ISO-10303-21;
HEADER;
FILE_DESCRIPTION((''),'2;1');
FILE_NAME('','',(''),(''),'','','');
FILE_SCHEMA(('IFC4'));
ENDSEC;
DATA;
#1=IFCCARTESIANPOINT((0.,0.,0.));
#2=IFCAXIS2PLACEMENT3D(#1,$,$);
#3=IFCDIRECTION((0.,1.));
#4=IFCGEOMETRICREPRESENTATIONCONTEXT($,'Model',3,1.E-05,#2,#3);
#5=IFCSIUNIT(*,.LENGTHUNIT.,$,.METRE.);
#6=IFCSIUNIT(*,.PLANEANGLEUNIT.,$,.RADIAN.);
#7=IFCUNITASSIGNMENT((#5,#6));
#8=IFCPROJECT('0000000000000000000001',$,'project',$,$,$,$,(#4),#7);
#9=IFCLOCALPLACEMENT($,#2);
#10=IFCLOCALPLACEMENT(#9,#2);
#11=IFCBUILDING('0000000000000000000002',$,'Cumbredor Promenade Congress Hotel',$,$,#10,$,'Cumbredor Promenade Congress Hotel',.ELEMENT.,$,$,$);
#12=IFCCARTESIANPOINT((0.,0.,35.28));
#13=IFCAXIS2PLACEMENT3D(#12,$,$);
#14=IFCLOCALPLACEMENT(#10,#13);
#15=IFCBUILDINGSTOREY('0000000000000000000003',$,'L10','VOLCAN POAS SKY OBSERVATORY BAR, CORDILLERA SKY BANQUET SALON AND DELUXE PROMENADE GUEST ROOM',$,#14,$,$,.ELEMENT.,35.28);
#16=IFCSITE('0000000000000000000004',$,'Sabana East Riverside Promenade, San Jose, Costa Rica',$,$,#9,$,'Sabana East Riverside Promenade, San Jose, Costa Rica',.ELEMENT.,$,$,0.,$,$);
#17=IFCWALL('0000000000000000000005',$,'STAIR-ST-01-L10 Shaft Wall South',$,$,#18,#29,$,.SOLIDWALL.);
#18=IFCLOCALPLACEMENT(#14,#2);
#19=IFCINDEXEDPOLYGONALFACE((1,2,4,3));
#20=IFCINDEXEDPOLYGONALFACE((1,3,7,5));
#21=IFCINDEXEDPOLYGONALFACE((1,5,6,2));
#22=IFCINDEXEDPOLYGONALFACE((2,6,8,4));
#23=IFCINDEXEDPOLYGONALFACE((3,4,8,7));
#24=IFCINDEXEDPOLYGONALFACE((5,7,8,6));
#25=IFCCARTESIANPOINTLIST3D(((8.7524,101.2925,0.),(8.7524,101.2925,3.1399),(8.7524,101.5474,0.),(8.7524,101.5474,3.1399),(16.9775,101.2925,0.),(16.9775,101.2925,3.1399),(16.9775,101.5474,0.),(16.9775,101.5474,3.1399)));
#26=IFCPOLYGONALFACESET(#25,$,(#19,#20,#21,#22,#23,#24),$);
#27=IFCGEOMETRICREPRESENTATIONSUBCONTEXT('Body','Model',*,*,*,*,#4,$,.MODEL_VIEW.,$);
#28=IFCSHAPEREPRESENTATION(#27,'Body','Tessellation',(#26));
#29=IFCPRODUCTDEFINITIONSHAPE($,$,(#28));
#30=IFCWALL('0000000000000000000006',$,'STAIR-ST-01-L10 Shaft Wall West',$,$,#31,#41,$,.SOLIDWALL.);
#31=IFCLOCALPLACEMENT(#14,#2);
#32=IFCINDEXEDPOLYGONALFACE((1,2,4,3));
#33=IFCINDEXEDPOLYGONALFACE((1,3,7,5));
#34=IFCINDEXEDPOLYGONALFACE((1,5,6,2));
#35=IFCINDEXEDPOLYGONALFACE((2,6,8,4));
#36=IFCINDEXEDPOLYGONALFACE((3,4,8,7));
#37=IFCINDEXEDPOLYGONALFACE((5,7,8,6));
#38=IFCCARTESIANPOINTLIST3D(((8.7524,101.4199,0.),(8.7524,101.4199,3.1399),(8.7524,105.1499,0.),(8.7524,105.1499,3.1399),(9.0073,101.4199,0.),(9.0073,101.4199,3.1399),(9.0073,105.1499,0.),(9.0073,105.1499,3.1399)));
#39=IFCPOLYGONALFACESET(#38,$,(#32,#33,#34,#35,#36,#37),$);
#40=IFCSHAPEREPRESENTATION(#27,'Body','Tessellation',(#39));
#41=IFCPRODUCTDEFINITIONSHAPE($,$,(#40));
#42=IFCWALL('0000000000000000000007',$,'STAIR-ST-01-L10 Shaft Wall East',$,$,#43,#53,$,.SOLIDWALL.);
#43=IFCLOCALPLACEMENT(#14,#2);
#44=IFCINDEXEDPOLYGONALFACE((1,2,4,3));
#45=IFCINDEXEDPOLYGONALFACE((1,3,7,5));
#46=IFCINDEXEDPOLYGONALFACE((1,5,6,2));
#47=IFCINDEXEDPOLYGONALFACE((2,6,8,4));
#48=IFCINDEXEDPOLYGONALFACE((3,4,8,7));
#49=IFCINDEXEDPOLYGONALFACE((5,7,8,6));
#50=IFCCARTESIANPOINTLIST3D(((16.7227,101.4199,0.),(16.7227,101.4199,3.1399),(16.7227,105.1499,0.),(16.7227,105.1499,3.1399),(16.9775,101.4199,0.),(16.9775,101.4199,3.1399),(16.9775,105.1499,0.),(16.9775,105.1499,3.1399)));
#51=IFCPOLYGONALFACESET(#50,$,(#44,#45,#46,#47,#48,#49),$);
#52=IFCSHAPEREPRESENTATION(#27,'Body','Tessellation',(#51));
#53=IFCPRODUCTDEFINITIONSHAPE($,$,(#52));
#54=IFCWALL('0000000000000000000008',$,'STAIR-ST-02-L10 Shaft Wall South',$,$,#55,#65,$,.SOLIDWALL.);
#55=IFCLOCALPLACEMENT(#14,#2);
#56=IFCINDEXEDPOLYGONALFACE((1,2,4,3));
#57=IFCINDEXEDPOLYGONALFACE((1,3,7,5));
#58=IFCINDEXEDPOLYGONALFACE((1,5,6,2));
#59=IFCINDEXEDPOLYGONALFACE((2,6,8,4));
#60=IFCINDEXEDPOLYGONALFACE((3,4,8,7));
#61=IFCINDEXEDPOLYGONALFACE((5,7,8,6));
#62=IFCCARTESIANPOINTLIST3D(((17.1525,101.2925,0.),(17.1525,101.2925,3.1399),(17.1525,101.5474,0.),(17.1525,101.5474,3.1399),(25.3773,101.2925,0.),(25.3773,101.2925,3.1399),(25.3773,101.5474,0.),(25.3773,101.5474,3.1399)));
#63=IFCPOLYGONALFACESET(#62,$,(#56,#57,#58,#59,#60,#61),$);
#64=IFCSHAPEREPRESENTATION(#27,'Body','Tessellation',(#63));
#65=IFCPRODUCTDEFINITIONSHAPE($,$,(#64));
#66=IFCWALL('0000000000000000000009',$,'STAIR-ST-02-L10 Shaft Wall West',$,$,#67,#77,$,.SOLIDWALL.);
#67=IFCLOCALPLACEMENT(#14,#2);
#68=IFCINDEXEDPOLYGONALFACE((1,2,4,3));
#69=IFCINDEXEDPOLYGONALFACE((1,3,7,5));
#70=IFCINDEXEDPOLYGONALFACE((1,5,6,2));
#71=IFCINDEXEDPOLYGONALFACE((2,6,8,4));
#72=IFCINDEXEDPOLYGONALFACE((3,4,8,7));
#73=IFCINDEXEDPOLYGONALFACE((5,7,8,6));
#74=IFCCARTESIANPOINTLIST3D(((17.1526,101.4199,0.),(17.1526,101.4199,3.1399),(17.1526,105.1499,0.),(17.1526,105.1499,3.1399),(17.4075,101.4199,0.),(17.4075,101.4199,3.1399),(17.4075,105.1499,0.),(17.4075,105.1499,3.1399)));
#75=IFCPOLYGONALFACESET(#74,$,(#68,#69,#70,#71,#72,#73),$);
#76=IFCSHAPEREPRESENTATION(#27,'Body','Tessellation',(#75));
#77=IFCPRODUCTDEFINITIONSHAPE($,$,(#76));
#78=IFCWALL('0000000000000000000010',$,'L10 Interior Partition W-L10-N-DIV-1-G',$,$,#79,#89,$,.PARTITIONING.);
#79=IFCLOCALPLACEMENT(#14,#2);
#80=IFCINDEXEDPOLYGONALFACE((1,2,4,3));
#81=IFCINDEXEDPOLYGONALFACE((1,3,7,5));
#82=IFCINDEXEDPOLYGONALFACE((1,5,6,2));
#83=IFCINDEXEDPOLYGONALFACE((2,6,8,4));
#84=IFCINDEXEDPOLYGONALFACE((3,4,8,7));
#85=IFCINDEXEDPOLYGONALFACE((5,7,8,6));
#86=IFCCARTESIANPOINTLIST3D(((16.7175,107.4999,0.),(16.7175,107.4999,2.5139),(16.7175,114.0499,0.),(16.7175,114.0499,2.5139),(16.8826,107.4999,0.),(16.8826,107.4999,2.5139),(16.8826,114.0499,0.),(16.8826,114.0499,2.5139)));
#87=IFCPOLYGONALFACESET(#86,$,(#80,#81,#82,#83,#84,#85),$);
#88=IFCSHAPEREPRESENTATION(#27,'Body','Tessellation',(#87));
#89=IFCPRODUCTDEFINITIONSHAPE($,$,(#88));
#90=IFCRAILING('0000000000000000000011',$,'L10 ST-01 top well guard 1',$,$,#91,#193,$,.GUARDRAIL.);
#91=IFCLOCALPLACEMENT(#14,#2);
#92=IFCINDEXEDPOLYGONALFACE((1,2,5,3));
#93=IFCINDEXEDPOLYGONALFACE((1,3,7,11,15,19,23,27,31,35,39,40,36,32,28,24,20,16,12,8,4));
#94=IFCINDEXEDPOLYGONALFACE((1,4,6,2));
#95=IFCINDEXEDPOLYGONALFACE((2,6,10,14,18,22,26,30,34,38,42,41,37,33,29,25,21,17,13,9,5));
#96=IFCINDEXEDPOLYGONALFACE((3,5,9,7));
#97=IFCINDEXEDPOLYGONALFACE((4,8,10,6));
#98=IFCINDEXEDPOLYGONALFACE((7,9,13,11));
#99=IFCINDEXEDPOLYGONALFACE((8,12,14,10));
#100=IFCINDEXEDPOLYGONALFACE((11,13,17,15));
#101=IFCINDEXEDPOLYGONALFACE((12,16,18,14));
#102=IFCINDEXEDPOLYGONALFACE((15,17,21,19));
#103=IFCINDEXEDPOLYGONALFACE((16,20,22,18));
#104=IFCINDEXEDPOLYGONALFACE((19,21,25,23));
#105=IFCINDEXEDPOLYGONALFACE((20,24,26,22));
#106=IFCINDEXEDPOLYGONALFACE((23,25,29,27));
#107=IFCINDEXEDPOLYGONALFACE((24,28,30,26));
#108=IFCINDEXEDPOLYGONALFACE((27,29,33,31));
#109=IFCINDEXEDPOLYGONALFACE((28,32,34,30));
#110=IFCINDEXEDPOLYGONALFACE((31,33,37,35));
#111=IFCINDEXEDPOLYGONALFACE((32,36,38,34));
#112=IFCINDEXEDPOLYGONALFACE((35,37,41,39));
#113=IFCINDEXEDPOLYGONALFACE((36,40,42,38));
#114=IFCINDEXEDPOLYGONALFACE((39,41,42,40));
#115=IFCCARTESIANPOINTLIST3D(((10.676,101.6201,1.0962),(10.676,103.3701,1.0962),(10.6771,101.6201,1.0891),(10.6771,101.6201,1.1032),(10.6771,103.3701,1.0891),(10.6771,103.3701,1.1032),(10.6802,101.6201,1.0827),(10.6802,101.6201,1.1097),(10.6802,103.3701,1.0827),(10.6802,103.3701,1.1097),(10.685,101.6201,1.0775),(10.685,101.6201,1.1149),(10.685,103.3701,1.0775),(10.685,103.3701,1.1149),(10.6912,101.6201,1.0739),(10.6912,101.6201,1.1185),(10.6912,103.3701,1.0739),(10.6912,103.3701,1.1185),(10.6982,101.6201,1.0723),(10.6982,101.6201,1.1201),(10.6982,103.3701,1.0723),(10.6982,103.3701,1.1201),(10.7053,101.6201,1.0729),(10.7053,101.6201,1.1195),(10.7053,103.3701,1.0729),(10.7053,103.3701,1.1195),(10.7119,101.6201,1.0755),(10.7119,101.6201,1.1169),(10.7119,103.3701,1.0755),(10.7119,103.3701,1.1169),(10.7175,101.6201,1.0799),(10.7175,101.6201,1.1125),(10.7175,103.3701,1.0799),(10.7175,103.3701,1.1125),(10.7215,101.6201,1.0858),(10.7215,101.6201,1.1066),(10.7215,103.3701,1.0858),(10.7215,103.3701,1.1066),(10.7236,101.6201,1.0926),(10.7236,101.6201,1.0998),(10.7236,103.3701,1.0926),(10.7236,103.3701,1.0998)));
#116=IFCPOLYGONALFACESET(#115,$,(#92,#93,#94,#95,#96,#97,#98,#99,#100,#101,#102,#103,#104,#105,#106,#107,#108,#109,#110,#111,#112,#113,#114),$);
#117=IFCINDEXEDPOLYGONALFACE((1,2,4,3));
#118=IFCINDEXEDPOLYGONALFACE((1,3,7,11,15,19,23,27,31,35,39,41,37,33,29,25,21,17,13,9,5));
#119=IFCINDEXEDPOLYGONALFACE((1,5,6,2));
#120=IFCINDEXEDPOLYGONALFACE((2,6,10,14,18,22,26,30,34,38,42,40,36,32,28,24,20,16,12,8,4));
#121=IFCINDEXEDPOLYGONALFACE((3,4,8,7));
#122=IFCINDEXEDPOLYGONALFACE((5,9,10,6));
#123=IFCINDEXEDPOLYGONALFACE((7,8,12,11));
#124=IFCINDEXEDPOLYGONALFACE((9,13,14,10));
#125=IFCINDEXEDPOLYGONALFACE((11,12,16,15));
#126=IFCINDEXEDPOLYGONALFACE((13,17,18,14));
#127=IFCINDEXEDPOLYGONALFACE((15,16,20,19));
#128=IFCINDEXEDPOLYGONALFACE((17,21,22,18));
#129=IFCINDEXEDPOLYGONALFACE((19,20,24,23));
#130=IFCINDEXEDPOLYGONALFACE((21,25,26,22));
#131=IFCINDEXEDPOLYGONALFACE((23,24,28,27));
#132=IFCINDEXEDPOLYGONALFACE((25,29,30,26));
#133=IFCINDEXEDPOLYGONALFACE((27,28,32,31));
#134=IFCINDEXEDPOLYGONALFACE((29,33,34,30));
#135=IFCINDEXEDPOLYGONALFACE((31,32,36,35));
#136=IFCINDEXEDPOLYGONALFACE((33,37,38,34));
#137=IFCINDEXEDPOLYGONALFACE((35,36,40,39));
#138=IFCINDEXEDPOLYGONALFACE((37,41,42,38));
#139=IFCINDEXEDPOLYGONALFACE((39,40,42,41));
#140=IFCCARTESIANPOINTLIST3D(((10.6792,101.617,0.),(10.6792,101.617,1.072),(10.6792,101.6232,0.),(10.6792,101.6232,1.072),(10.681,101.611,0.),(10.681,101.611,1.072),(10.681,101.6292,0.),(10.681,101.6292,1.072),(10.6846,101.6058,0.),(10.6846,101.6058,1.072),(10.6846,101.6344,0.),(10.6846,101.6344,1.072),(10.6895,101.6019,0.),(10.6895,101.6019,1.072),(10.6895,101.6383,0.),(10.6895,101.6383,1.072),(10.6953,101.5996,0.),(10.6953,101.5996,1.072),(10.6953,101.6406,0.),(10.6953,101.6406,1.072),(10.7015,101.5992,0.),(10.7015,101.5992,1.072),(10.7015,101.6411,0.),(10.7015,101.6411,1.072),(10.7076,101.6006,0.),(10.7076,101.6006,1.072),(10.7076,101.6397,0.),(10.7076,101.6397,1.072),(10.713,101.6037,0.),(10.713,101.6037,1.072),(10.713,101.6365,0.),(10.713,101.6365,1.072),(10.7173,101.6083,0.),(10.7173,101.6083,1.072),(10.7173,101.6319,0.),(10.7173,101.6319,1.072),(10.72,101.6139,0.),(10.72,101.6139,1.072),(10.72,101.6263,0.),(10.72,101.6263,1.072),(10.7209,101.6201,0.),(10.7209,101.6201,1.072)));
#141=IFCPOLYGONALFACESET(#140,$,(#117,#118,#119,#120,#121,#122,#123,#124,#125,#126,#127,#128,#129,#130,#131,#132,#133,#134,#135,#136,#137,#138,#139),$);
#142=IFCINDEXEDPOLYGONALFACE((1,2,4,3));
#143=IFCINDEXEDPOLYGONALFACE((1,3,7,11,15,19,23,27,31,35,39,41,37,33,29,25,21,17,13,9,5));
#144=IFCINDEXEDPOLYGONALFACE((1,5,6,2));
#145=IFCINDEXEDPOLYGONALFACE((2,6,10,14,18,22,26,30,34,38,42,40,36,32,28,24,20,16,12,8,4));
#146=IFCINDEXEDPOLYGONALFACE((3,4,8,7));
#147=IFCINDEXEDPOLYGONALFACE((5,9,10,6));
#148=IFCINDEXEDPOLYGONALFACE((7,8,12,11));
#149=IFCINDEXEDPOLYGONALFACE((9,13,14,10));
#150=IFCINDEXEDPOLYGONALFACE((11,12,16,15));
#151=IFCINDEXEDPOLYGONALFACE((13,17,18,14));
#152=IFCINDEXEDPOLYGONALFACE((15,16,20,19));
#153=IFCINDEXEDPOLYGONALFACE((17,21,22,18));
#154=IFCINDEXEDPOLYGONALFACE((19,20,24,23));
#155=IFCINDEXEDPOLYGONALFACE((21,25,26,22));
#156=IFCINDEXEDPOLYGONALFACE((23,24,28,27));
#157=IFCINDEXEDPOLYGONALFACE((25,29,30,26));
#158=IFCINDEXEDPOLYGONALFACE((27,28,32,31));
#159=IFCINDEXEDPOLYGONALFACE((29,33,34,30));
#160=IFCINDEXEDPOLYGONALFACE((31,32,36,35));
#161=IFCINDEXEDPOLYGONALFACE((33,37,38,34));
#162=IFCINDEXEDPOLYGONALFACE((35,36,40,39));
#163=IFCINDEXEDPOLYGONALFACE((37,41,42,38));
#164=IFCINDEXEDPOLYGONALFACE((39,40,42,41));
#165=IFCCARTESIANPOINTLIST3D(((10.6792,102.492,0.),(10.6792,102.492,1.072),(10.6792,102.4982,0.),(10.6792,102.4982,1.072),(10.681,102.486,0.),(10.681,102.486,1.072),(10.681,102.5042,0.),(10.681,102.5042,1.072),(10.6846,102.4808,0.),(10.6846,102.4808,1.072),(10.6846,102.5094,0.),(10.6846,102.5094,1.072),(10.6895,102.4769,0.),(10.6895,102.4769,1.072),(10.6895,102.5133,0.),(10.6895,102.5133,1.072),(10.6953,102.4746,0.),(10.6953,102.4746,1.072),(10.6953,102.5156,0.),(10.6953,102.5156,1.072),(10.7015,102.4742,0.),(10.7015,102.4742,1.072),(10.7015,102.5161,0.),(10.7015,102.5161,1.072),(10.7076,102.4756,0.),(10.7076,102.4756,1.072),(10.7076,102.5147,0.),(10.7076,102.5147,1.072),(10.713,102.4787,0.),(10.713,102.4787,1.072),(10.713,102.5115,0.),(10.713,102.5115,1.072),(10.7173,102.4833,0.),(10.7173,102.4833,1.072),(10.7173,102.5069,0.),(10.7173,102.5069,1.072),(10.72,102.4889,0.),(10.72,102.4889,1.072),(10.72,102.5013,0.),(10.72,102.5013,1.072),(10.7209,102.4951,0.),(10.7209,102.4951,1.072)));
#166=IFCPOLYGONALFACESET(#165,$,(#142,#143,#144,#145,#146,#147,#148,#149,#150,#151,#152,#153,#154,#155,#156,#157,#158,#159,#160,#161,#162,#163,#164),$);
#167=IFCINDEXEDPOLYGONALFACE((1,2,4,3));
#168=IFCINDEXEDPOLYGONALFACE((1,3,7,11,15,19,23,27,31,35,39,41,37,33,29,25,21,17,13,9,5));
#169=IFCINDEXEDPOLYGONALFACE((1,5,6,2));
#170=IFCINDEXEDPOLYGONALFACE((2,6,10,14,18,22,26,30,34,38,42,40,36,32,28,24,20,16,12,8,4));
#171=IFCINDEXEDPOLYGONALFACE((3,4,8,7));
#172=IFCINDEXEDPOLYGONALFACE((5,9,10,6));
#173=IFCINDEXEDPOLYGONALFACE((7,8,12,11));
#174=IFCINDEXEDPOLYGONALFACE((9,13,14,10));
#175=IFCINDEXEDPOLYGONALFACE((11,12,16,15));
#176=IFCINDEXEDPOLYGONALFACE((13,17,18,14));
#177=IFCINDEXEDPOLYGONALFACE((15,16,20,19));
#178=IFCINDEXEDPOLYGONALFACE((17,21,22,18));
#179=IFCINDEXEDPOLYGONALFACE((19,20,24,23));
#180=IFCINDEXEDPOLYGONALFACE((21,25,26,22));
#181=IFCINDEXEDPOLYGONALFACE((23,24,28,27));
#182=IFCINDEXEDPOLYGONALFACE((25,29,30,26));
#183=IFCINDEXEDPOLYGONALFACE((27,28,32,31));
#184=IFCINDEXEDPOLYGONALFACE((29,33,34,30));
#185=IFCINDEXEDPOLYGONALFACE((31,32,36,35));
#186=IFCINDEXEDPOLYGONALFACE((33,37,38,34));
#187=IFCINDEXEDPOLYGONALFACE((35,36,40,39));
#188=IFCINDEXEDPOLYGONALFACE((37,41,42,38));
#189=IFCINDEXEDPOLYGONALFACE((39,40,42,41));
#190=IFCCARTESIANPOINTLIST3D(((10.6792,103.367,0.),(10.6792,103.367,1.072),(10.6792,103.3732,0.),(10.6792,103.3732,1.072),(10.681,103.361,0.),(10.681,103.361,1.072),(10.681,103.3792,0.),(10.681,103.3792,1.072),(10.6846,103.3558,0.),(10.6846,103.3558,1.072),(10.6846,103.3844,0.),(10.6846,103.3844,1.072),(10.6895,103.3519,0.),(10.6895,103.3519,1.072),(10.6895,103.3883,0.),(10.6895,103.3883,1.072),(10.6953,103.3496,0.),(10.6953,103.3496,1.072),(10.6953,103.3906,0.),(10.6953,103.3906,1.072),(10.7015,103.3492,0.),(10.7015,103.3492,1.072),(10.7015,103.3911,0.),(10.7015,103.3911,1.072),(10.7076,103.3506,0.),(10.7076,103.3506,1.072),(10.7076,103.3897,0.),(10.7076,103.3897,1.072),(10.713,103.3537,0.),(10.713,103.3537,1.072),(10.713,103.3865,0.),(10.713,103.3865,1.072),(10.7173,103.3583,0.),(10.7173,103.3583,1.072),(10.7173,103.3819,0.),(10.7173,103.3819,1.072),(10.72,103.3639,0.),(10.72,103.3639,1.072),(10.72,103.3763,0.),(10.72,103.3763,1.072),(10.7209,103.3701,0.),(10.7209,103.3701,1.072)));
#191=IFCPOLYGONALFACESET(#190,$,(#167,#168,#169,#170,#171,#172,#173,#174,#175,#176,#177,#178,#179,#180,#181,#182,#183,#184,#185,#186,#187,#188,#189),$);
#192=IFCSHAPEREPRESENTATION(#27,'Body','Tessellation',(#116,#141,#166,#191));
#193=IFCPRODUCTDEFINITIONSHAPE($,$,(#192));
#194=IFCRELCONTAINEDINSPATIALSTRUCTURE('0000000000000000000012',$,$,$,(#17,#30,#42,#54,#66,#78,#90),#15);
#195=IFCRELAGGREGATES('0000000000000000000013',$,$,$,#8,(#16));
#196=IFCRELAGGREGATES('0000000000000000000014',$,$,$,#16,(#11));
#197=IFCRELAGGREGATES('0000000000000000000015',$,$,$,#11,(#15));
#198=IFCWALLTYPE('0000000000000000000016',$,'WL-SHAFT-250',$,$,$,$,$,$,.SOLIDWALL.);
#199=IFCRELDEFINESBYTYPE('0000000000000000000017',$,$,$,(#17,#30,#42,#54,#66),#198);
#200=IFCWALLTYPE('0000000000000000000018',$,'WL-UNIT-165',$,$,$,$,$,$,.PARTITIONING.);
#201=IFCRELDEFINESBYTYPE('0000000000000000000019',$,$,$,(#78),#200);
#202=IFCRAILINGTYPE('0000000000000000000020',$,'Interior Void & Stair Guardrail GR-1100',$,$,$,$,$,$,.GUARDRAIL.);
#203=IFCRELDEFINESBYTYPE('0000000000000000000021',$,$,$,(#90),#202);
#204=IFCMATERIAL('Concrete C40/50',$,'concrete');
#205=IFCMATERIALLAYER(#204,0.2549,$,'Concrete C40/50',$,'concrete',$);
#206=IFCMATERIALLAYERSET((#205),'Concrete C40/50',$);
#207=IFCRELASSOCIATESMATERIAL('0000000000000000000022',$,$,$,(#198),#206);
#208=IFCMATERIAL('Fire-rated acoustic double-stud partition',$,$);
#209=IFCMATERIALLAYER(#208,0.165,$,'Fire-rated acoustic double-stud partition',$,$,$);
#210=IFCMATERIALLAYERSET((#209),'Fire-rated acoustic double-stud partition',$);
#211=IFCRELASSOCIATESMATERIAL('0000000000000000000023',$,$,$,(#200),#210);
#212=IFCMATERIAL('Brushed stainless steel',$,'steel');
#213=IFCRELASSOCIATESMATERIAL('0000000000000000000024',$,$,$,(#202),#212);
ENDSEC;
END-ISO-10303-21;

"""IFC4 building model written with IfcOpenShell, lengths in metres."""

from ifc_helpers import new_model, si_unit, direction, frame, frame_2d, origin, origin_2d, place, context, subcontext, project, spatial, rectangle, circle, extrude, material, layer, layer_set, type_object, element, save


model = new_model("IFC4")

# Units and contexts
model_context = context("Model", 3, precision=1e-05, world=origin(), true_north=direction((0.0, 1.0)))
body_context = subcontext(model_context, "Body", "Model", "MODEL_VIEW")
ifc_project = project(units=[si_unit("LENGTHUNIT", "METRE"), si_unit("PLANEANGLEUNIT", "RADIAN")], contexts=[model_context])

# Site, building, storey
site_placement = place(None, origin())
site = spatial("IfcSite", under=ifc_project, at=site_placement, Name="Sabana East Riverside Promenade, San Jose, Costa Rica", LongName="Sabana East Riverside Promenade, San Jose, Costa Rica", CompositionType="ELEMENT", RefElevation=0.0)
building_placement = place(site_placement, origin())
building = spatial("IfcBuilding", under=site, at=building_placement, Name="Cumbredor Promenade Congress Hotel", LongName="Cumbredor Promenade Congress Hotel", CompositionType="ELEMENT")
storey_placement = place(building_placement, frame((0.0, 0.0, 35.28)))
storey = spatial("IfcBuildingStorey", under=building, at=storey_placement, Name="L10", Description="VOLCAN POAS SKY OBSERVATORY BAR, CORDILLERA SKY BANQUET SALON AND DELUXE PROMENADE GUEST ROOM", CompositionType="ELEMENT", Elevation=35.28)

# Shared definitions
ifc_material_1 = material(Name="Concrete C40/50", Category="concrete")

# Wall
ifc_layer_1 = layer(ifc_material_1, 0.2549, Name="Concrete C40/50", Category="concrete")
ifc_layer_set_1 = layer_set([ifc_layer_1], Name="Concrete C40/50")
wall_type_1 = type_object("IfcWallType", Name="WL-SHAFT-250", PredefinedType="SOLIDWALL", material=ifc_layer_set_1)
wall_1_placement = place(storey_placement, frame((8.7524, 101.4199, 0.0), z_axis=(0.0, 0.0, 1.0), x_axis=(1.0, 0.0, 0.0)))
element("IfcWall", 1, at=wall_1_placement, inside=storey, type_object=wall_type_1, Name="STAIR-ST-01-L10 Shaft Wall South", PredefinedType="SOLIDWALL", context=body_context, shape_type="SweptSolid", body=[
    extrude(rectangle(XDim=8.2251, YDim=0.2549, at=frame_2d((4.1125, 0.0))), origin(), (0.0, 0.0, 1.0), 3.1399),
])

# Walls
for number, where, z_axis, x_axis, name in (
    (2, (8.8799, 101.4199, 0.0), (0.0, 0.0, 1.0), (0.0, 1.0, 0.0), "STAIR-ST-01-L10 Shaft Wall West"),
    (3, (16.8501, 101.4199, 0.0), (0.0, 0.0, 1.0), (0.0, 1.0, 0.0), "STAIR-ST-01-L10 Shaft Wall East"),
):
    element("IfcWall", number, at=place(storey_placement, frame(where, z_axis=z_axis, x_axis=x_axis)), inside=storey, type_object=wall_type_1, Name=name, PredefinedType="SOLIDWALL", context=body_context, shape_type="SweptSolid", body=[
        extrude(rectangle(XDim=3.73, YDim=0.2549, at=frame_2d((1.865, 0.0))), origin(), (0.0, 0.0, 1.0), 3.1399),
    ])
wall_2_placement = place(storey_placement, frame((17.1526, 101.4199, 0.0), z_axis=(0.0, 0.0, 1.0), x_axis=(1.0, 0.0, 0.0)))
element("IfcWall", 4, at=wall_2_placement, inside=storey, type_object=wall_type_1, Name="STAIR-ST-02-L10 Shaft Wall South", PredefinedType="SOLIDWALL", context=body_context, shape_type="SweptSolid", body=[
    extrude(rectangle(XDim=8.2249, YDim=0.2549, at=frame_2d((4.1123, 0.0))), origin(), (0.0, 0.0, 1.0), 3.1399),
])

# Walls
wall_3_placement = place(storey_placement, frame((17.28, 101.4199, 0.0), z_axis=(0.0, 0.0, 1.0), x_axis=(0.0, 1.0, 0.0)))
element("IfcWall", 5, at=wall_3_placement, inside=storey, type_object=wall_type_1, Name="STAIR-ST-02-L10 Shaft Wall West", PredefinedType="SOLIDWALL", context=body_context, shape_type="SweptSolid", body=[
    extrude(rectangle(XDim=3.73, YDim=0.2549, at=frame_2d((1.865, 0.0))), origin(), (0.0, 0.0, 1.0), 3.1399),
])
ifc_material_2 = material(Name="Fire-rated acoustic double-stud partition")
ifc_layer_2 = layer(ifc_material_2, 0.165, Name="Fire-rated acoustic double-stud partition")
ifc_layer_set_2 = layer_set([ifc_layer_2], Name="Fire-rated acoustic double-stud partition")
wall_type_2 = type_object("IfcWallType", Name="WL-UNIT-165", PredefinedType="PARTITIONING", material=ifc_layer_set_2)
wall_4_placement = place(storey_placement, frame((16.8, 107.5, 0.0), z_axis=(0.0, 0.0, 1.0), x_axis=(0.0, 1.0, 0.0)))
element("IfcWall", 6, at=wall_4_placement, inside=storey, type_object=wall_type_2, Name="L10 Interior Partition W-L10-N-DIV-1-G", PredefinedType="PARTITIONING", context=body_context, shape_type="SweptSolid", body=[
    extrude(rectangle(XDim=6.55, YDim=0.165, at=frame_2d((3.2749, 0.0))), origin(), (0.0, 0.0, 1.0), 2.5139),
])

# Railing
ifc_material_3 = material(Name="Brushed stainless steel", Category="steel")
railing_type = type_object("IfcRailingType", Name="Interior Void & Stair Guardrail GR-1100", PredefinedType="GUARDRAIL", material=ifc_material_3)
for number, where, name in (
    (7, (10.7, 101.6201, 0.0), "L10 ST-01 top well guard 1"),
):
    element("IfcRailing", number, at=place(storey_placement, frame(where)), inside=storey, type_object=railing_type, Name=name, PredefinedType="GUARDRAIL", context=body_context, shape_type="SweptSolid", body=[
        extrude(circle(Radius=0.0239, at=origin_2d()), frame((0.0, 0.0, 1.0962), z_axis=(0.0, 1.0, 0.0), x_axis=(-1.0, 0.0, 0.0)), (0.0, 0.0, 1.0), 1.75),
        extrude(circle(Radius=0.021, at=origin_2d()), origin(), (0.0, 0.0, 1.0), 1.072),
        extrude(circle(Radius=0.021, at=origin_2d()), frame((0.0, 0.875, 0.0)), (0.0, 0.0, 1.0), 1.072),
        extrude(circle(Radius=0.021, at=origin_2d()), frame((0.0, 1.75, 0.0)), (0.0, 0.0, 1.0), 1.072),
    ])

save(model, "model.ifc")
